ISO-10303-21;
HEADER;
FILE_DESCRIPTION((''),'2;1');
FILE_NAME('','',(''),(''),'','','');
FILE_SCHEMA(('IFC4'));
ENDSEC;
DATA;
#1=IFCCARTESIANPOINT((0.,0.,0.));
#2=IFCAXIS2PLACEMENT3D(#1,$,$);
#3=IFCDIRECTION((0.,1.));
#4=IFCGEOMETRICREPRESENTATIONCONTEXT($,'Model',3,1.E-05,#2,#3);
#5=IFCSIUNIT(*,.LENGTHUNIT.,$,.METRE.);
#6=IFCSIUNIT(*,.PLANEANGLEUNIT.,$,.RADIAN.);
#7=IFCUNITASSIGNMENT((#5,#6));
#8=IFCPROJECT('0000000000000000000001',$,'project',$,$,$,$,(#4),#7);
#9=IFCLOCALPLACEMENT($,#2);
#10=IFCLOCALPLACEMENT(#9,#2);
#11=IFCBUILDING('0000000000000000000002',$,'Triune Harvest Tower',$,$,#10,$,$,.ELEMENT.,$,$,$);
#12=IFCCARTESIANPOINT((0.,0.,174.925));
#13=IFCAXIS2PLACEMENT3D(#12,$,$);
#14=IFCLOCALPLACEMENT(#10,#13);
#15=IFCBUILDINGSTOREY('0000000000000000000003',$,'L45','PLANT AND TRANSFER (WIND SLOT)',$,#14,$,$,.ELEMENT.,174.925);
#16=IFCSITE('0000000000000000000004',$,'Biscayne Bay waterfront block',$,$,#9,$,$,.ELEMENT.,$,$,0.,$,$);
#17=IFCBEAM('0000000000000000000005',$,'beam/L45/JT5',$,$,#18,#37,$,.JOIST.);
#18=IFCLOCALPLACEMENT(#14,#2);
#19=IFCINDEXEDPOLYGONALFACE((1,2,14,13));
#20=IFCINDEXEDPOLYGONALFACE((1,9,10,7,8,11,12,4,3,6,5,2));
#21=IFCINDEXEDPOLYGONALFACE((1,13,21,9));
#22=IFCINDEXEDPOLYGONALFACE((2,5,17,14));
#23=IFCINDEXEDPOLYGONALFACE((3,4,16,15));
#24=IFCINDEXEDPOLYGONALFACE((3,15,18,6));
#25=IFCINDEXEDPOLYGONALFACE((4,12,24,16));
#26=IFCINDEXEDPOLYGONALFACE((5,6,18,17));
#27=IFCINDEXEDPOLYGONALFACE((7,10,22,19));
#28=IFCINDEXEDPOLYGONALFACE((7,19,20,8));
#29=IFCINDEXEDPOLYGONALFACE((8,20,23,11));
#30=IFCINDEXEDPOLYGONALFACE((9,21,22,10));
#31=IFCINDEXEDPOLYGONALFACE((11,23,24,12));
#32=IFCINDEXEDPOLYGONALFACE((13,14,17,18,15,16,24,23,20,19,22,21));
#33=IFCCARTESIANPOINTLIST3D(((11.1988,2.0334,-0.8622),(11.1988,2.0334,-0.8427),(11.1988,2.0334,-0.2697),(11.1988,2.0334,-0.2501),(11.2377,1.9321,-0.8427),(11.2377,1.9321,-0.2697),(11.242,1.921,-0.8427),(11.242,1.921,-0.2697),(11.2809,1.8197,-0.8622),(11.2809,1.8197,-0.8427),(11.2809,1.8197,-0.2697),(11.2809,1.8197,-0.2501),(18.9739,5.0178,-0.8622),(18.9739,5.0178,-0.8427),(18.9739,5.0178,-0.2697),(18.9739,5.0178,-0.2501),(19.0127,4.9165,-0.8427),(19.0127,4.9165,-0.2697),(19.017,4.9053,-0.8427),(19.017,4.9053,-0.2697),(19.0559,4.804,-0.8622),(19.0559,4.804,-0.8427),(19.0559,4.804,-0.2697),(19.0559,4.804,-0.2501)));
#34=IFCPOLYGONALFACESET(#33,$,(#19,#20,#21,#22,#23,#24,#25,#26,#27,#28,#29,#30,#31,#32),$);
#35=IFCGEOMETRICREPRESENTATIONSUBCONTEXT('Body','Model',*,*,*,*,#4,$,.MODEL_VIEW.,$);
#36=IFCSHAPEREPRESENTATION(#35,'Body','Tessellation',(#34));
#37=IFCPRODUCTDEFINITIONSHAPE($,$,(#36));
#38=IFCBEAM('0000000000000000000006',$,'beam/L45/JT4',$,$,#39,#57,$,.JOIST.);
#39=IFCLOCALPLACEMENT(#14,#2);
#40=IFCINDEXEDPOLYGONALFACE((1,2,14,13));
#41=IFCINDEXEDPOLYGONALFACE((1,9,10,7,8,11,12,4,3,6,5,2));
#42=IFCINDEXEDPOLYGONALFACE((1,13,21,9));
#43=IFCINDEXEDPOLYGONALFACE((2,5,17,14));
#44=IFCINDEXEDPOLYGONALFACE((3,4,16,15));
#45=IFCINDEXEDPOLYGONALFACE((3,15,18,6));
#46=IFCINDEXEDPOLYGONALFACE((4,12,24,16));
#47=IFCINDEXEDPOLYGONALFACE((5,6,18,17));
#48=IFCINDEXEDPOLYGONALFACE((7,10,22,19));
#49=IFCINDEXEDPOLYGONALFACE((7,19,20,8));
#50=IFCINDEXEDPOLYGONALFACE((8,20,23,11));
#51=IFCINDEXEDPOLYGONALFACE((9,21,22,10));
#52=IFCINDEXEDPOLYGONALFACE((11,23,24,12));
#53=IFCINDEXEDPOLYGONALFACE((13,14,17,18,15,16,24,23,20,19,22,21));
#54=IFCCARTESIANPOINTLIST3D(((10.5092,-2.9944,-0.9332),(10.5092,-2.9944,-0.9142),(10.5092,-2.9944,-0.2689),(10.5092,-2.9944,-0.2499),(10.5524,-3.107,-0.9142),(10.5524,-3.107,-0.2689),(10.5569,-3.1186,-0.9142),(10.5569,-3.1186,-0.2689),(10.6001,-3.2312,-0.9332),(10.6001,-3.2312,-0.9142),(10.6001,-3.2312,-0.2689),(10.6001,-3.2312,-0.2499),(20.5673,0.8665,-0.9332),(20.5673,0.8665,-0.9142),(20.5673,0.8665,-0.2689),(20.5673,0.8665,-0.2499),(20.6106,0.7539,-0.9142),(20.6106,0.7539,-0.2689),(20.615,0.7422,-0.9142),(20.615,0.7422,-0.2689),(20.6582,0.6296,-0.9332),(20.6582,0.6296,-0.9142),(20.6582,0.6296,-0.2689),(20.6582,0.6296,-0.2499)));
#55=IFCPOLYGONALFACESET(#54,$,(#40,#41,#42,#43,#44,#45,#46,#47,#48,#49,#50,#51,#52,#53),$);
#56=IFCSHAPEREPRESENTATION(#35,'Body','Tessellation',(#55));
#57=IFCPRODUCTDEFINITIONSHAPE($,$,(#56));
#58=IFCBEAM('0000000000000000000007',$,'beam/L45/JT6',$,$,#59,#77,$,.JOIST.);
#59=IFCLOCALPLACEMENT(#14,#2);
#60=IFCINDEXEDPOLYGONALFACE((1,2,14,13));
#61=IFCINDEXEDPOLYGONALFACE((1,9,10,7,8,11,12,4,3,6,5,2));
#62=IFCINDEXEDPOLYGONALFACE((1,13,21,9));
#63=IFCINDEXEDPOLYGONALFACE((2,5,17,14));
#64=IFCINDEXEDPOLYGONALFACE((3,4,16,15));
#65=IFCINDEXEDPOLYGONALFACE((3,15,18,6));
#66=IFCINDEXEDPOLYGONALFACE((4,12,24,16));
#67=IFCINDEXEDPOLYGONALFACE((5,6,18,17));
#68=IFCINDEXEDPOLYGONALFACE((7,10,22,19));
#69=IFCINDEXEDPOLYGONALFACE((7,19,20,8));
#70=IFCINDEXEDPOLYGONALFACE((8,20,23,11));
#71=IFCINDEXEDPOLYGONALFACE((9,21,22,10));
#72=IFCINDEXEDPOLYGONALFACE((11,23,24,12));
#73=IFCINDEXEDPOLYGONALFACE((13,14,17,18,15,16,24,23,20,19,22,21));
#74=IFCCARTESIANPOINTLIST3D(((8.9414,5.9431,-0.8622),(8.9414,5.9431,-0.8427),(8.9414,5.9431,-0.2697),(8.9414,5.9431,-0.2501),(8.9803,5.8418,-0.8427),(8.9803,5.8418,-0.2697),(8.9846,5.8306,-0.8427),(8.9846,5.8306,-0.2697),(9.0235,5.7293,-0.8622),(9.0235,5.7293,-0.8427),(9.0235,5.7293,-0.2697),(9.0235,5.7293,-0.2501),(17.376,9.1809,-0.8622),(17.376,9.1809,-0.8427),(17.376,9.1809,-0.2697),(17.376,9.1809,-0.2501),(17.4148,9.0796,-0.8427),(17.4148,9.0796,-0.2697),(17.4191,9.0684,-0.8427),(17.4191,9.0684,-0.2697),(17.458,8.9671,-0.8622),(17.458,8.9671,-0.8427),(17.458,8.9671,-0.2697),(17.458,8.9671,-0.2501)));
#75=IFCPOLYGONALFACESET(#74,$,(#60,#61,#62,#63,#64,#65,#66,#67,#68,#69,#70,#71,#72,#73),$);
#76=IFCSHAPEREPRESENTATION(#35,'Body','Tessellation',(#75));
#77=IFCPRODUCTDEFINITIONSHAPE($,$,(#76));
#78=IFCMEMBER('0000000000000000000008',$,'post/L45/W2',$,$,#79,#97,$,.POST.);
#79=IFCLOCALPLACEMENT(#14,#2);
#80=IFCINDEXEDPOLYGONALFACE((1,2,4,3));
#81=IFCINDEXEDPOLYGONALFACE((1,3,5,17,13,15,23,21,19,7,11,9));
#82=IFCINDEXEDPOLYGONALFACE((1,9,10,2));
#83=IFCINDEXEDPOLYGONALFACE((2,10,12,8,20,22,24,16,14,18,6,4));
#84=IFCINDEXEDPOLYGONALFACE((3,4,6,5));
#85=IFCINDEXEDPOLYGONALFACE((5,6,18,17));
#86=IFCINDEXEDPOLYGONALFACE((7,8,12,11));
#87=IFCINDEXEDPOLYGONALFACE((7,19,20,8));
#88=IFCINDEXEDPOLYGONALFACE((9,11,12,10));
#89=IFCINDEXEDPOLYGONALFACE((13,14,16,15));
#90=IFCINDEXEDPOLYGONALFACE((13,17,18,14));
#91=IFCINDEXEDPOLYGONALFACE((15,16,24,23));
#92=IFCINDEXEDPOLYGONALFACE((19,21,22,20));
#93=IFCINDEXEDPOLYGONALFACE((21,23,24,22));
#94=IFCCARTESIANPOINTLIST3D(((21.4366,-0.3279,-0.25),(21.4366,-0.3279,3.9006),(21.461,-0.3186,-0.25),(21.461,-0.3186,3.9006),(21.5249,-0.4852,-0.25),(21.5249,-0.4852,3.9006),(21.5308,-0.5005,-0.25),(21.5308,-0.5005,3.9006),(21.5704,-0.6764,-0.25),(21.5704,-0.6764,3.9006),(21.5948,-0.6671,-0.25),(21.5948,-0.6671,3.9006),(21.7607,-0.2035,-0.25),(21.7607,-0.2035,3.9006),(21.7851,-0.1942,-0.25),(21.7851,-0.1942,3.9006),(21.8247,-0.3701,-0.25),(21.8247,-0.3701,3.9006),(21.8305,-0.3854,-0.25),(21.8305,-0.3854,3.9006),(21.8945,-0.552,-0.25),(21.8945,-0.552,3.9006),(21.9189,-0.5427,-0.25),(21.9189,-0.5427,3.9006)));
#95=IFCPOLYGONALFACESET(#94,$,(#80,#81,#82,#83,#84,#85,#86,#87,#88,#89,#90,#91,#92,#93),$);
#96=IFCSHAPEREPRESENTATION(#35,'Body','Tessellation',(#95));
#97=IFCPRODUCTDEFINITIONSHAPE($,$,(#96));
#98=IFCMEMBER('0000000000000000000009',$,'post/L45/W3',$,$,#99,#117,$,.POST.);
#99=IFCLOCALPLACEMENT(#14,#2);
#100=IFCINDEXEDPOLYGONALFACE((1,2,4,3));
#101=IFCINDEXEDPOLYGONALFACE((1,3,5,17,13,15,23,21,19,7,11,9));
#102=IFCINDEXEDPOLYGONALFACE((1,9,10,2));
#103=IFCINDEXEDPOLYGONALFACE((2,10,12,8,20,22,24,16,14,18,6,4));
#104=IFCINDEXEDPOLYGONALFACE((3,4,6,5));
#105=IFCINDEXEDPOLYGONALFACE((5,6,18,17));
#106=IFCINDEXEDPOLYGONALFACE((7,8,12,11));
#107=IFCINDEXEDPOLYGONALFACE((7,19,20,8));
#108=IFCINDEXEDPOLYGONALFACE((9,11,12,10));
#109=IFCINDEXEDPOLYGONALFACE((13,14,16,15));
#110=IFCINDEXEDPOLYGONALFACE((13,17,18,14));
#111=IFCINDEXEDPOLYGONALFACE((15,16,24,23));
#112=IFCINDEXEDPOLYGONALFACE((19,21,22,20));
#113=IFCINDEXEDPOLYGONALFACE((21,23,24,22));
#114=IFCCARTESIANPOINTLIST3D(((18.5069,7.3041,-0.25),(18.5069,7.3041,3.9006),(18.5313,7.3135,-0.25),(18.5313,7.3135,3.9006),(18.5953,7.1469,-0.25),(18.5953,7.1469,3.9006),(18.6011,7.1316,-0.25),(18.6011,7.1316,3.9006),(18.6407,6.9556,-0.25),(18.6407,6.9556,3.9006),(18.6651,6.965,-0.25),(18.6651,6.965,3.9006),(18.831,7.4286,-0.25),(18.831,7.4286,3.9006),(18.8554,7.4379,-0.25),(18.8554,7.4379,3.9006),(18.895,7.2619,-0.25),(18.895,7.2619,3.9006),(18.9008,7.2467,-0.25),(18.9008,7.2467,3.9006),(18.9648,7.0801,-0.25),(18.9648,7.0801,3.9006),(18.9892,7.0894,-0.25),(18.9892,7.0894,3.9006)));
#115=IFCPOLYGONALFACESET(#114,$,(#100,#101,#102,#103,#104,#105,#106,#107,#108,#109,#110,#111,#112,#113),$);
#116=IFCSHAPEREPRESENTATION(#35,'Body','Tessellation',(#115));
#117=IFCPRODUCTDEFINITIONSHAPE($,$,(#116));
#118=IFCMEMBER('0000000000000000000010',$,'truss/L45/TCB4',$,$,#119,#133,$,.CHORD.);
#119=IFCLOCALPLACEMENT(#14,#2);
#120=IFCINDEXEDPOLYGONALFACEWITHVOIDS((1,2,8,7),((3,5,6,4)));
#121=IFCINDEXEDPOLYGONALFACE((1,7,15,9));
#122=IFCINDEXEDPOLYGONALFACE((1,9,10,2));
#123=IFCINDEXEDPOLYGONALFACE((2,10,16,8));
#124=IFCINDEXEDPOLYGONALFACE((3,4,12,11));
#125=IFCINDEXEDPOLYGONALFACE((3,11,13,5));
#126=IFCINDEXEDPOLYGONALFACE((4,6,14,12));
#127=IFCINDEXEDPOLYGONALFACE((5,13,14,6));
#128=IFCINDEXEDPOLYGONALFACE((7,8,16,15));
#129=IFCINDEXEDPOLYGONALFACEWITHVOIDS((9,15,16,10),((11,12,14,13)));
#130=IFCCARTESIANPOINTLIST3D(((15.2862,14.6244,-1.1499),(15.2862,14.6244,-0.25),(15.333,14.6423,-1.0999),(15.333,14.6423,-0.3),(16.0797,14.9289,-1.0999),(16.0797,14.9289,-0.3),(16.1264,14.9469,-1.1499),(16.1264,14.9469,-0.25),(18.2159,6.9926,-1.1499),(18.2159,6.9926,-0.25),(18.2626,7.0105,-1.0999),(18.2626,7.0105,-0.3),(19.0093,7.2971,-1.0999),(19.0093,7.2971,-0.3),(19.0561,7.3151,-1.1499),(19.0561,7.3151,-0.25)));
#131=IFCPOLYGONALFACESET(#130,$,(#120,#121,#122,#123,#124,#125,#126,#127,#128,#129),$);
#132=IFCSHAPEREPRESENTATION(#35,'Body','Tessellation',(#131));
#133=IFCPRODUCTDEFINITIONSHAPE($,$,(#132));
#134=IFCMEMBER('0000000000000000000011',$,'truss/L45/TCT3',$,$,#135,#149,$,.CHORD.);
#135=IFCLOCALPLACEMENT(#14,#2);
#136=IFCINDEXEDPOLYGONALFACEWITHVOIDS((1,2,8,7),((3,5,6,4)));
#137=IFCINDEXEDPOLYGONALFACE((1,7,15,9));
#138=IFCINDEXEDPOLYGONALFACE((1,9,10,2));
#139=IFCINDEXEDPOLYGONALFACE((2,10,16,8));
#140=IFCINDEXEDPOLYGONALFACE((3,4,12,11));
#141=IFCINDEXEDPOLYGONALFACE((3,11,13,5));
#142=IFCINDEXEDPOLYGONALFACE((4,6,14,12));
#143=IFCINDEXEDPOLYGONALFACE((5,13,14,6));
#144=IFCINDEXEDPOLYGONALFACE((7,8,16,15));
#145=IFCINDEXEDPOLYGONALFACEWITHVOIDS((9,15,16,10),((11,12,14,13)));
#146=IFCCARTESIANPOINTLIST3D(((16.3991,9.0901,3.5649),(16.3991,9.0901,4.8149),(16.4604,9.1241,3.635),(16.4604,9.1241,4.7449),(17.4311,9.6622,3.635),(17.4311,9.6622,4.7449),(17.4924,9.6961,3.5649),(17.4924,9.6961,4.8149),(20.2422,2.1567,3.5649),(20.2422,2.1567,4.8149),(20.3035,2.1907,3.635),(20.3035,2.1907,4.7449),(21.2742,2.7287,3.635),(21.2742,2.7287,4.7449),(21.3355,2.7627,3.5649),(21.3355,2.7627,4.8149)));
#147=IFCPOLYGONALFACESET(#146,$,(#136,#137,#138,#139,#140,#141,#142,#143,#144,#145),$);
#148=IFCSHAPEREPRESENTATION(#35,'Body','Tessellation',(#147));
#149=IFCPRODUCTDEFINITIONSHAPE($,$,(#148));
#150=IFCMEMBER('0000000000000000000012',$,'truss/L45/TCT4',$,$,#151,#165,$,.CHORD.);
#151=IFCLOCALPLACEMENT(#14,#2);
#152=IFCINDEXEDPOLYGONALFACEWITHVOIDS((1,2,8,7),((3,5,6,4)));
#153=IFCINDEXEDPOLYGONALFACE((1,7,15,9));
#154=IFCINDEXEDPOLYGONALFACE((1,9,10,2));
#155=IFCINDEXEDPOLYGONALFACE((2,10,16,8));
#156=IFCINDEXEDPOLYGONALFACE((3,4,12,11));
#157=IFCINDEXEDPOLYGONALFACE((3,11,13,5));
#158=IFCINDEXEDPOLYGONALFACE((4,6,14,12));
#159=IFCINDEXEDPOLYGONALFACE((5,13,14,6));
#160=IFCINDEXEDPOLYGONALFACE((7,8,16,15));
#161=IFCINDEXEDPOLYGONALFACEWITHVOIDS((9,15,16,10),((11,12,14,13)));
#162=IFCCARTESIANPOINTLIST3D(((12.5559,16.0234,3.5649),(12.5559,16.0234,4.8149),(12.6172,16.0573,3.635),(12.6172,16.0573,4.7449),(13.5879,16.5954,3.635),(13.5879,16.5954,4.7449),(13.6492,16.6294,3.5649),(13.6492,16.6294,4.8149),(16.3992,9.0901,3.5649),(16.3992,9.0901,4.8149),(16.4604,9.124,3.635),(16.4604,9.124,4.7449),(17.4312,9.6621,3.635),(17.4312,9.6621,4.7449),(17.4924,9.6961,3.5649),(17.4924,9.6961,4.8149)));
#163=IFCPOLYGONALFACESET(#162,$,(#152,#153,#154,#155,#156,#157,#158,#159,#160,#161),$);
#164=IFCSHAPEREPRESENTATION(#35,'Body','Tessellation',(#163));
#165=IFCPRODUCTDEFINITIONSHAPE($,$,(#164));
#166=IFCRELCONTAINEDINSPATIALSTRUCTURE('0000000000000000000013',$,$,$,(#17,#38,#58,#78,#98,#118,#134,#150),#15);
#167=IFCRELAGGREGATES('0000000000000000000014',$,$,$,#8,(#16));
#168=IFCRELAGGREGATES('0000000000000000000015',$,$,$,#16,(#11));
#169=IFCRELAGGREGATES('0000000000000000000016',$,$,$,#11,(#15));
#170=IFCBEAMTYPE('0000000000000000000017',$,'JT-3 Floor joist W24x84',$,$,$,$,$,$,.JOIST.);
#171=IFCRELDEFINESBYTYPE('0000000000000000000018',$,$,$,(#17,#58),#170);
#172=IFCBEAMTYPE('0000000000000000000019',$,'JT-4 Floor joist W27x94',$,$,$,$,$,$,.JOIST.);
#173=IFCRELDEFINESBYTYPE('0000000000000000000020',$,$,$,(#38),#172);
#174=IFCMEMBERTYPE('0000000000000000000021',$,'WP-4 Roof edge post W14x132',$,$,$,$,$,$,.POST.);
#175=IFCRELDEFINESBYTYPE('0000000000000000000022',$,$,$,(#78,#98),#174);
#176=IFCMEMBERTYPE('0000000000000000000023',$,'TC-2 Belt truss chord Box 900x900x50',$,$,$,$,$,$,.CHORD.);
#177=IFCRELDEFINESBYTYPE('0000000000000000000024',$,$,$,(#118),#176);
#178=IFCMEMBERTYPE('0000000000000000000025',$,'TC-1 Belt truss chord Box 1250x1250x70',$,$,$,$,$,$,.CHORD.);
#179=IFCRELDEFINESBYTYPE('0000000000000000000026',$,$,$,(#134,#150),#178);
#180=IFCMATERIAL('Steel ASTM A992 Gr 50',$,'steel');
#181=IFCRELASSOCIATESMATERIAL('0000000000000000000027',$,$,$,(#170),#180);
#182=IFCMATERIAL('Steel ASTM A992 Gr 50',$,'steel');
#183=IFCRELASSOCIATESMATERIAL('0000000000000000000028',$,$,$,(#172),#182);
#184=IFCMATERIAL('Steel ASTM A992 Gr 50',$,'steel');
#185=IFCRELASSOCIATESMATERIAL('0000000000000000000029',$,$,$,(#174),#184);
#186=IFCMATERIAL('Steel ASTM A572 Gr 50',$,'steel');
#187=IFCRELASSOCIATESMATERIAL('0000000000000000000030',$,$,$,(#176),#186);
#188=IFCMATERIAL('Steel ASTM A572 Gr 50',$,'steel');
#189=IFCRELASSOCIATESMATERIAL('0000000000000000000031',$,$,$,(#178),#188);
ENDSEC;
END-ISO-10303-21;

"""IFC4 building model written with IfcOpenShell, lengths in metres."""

from ifc_helpers import new_model, si_unit, direction, frame, origin, origin_2d, place, context, subcontext, project, spatial, hollow_rectangle, i_section, extrude, source, transform, mapped, material, material_profile, profile_set, type_object, element, save


model = new_model("IFC4")

# Units and contexts
model_context = context("Model", 3, precision=1e-05, world=origin(), true_north=direction((0.0, 1.0)))
body_context = subcontext(model_context, "Body", "Model", "MODEL_VIEW")
ifc_project = project(units=[si_unit("LENGTHUNIT", "METRE"), si_unit("PLANEANGLEUNIT", "RADIAN")], contexts=[model_context])

# Site, building, storey
site_placement = place(None, origin())
site = spatial("IfcSite", under=ifc_project, at=site_placement, Name="Biscayne Bay waterfront block", CompositionType="ELEMENT", RefElevation=0.0)
building_placement = place(site_placement, origin())
building = spatial("IfcBuilding", under=site, at=building_placement, Name="Triune Harvest Tower", CompositionType="ELEMENT")
storey_placement = place(building_placement, frame((0.0, 0.0, 174.925)))
storey = spatial("IfcBuildingStorey", under=building, at=storey_placement, Name="L45", Description="PLANT AND TRANSFER (WIND SLOT)", CompositionType="ELEMENT", Elevation=174.925)

# Beams
ifc_material_1 = material(Name="Steel ASTM A992 Gr 50", Category="steel")
ifc_material_profile_1 = material_profile(ifc_material_1, i_section(OverallWidth=0.229, OverallDepth=0.6121, WebThickness=0.012, FlangeThickness=0.0195, at=origin_2d()), Name="W24x84")
ifc_profile_set_1 = profile_set([ifc_material_profile_1], Name="Steel ASTM A992 Gr 50")
beam_type_1 = type_object("IfcBeamType", Name="JT-3 Floor joist W24x84", PredefinedType="JOIST", material=ifc_profile_set_1)
beam_1_placement = place(storey_placement, frame((19.0149, 4.9109, -0.5562), z_axis=(-0.933589, -0.358344, 0.0), x_axis=(0.358344, -0.933589, 0.0)))
element("IfcBeam", 1, at=beam_1_placement, inside=storey, type_object=beam_type_1, Name="beam/L45/JT5", PredefinedType="JOIST", context=body_context, shape_type="SweptSolid", body=[
    extrude(i_section(OverallWidth=0.229, OverallDepth=0.6121, WebThickness=0.012, FlangeThickness=0.0195, at=origin_2d()), origin(), (0.0, 0.0, 1.0), 8.3281),
])
ifc_material_2 = material(Name="Steel ASTM A992 Gr 50", Category="steel")
ifc_material_profile_2 = material_profile(ifc_material_2, i_section(OverallWidth=0.2537, OverallDepth=0.6833, WebThickness=0.0125, FlangeThickness=0.019, at=origin_2d()), Name="W27x94")
ifc_profile_set_2 = profile_set([ifc_material_profile_2], Name="Steel ASTM A992 Gr 50")
beam_type_2 = type_object("IfcBeamType", Name="JT-4 Floor joist W27x94", PredefinedType="JOIST", material=ifc_profile_set_2)
shared_shape_1 = source(origin(), body_context, "Body", "SweptSolid", [
    extrude(i_section(OverallWidth=0.2537, OverallDepth=0.6833, WebThickness=0.0125, FlangeThickness=0.019, at=origin_2d()), origin(), (0.0, 0.0, 1.0), 10.7737),
])
beam_2_placement = place(storey_placement, frame((20.6128, 0.748, -0.5916), z_axis=(-0.933584, -0.358359, 0.0), x_axis=(0.358359, -0.933584, 0.0)))
element("IfcBeam", 2, at=beam_2_placement, inside=storey, type_object=beam_type_2, Name="beam/L45/JT4", PredefinedType="JOIST", context=body_context, shape_type="MappedRepresentation", body=[
    mapped(shared_shape_1, transform((0.0, 0.0, 0.0), scale=1.0)),
])
shared_shape_2 = source(origin(), body_context, "Body", "SweptSolid", [
    extrude(i_section(OverallWidth=0.229, OverallDepth=0.6121, WebThickness=0.012, FlangeThickness=0.0195, at=origin_2d()), origin(), (0.0, 0.0, 1.0), 9.0347),
])
beam_3_placement = place(storey_placement, frame((17.417, 9.074, -0.5562), z_axis=(-0.933578, -0.358374, 0.0), x_axis=(0.358374, -0.933578, 0.0)))
element("IfcBeam", 3, at=beam_3_placement, inside=storey, type_object=beam_type_1, Name="beam/L45/JT6", PredefinedType="JOIST", context=body_context, shape_type="MappedRepresentation", body=[
    mapped(shared_shape_2, transform((0.0, 0.0, 0.0), scale=1.0)),
])

# Members
ifc_material_3 = material(Name="Steel ASTM A992 Gr 50", Category="steel")
ifc_material_profile_3 = material_profile(ifc_material_3, i_section(OverallWidth=0.3733, OverallDepth=0.3733, WebThickness=0.0164, FlangeThickness=0.0261, at=origin_2d()), Name="W14x132")
ifc_profile_set_3 = profile_set([ifc_material_profile_3], Name="Steel ASTM A992 Gr 50")
member_type_1 = type_object("IfcMemberType", Name="WP-4 Roof edge post W14x132", PredefinedType="POST", material=ifc_profile_set_3)
shared_shape_3 = source(origin(), body_context, "Body", "SweptSolid", [
    extrude(i_section(OverallWidth=0.3733, OverallDepth=0.3733, WebThickness=0.0164, FlangeThickness=0.0261, at=origin_2d()), origin(), (0.0, 0.0, 1.0), 4.1506),
])
for number, where, z_axis, x_axis, name in (
    (4, (21.6777, -0.4353, -0.25), (0.0, 0.0, 1.0), (-0.358368, 0.93358, 0.0), "post/L45/W2"),
    (5, (18.748, 7.1968, -0.25), (0.0, 0.0, 1.0), (-0.358368, 0.93358, 0.0), "post/L45/W3"),
):
    element("IfcMember", number, at=place(storey_placement, frame(where, z_axis=z_axis, x_axis=x_axis)), inside=storey, type_object=member_type_1, Name=name, PredefinedType="POST", context=body_context, shape_type="MappedRepresentation", body=[
        mapped(shared_shape_3, transform((0.0, 0.0, 0.0), scale=1.0)),
    ])
ifc_material_4 = material(Name="Steel ASTM A572 Gr 50", Category="steel")
ifc_material_profile_4 = material_profile(ifc_material_4, hollow_rectangle(XDim=0.8999, YDim=0.8999, WallThickness=0.05, at=origin_2d()), Name="Box 900x900x50")
ifc_profile_set_4 = profile_set([ifc_material_profile_4], Name="Steel ASTM A572 Gr 50")
member_type_2 = type_object("IfcMemberType", Name="TC-2 Belt truss chord Box 900x900x50", PredefinedType="CHORD", material=ifc_profile_set_4)
shared_shape_4 = source(origin(), body_context, "Body", "SweptSolid", [
    extrude(hollow_rectangle(XDim=0.8999, YDim=0.8999, WallThickness=0.05, at=origin_2d()), origin(), (0.0, 0.0, 1.0), 8.1748),
])
member_1_placement = place(storey_placement, frame((18.636, 7.1538, -0.7), z_axis=(-0.358379, 0.933576, 0.0), x_axis=(-0.933576, -0.358379, 0.0)))
element("IfcMember", 6, at=member_1_placement, inside=storey, type_object=member_type_2, Name="truss/L45/TCB4", PredefinedType="CHORD", context=body_context, shape_type="MappedRepresentation", body=[
    mapped(shared_shape_4, transform((0.0, 0.0, 0.0), scale=1.0)),
])
ifc_material_5 = material(Name="Steel ASTM A572 Gr 50", Category="steel")
ifc_material_profile_5 = material_profile(ifc_material_5, hollow_rectangle(XDim=1.25, YDim=1.25, WallThickness=0.0701, at=origin_2d()), Name="Box 1250x1250x70")
ifc_profile_set_5 = profile_set([ifc_material_profile_5], Name="Steel ASTM A572 Gr 50")
member_type_3 = type_object("IfcMemberType", Name="TC-1 Belt truss chord Box 1250x1250x70", PredefinedType="CHORD", material=ifc_profile_set_5)
shared_shape_5 = source(origin(), body_context, "Body", "SweptSolid", [
    extrude(hollow_rectangle(XDim=1.25, YDim=1.25, WallThickness=0.0701, at=origin_2d()), origin(), (0.0, 0.0, 1.0), 7.9272),
])
for number, where, z_axis, x_axis, name in (
    (7, (20.7888, 2.4597, 4.1899), (-0.48479, 0.87463, 0.0), (-0.87463, -0.48479, 0.0), "truss/L45/TCT3"),
    (8, (16.9458, 9.3931, 4.1899), (-0.484814, 0.874617, 0.0), (-0.874617, -0.484814, 0.0), "truss/L45/TCT4"),
):
    element("IfcMember", number, at=place(storey_placement, frame(where, z_axis=z_axis, x_axis=x_axis)), inside=storey, type_object=member_type_3, Name=name, PredefinedType="CHORD", context=body_context, shape_type="MappedRepresentation", body=[
        mapped(shared_shape_5, transform((0.0, 0.0, 0.0), scale=1.0)),
    ])

save(model, "model.ifc")
